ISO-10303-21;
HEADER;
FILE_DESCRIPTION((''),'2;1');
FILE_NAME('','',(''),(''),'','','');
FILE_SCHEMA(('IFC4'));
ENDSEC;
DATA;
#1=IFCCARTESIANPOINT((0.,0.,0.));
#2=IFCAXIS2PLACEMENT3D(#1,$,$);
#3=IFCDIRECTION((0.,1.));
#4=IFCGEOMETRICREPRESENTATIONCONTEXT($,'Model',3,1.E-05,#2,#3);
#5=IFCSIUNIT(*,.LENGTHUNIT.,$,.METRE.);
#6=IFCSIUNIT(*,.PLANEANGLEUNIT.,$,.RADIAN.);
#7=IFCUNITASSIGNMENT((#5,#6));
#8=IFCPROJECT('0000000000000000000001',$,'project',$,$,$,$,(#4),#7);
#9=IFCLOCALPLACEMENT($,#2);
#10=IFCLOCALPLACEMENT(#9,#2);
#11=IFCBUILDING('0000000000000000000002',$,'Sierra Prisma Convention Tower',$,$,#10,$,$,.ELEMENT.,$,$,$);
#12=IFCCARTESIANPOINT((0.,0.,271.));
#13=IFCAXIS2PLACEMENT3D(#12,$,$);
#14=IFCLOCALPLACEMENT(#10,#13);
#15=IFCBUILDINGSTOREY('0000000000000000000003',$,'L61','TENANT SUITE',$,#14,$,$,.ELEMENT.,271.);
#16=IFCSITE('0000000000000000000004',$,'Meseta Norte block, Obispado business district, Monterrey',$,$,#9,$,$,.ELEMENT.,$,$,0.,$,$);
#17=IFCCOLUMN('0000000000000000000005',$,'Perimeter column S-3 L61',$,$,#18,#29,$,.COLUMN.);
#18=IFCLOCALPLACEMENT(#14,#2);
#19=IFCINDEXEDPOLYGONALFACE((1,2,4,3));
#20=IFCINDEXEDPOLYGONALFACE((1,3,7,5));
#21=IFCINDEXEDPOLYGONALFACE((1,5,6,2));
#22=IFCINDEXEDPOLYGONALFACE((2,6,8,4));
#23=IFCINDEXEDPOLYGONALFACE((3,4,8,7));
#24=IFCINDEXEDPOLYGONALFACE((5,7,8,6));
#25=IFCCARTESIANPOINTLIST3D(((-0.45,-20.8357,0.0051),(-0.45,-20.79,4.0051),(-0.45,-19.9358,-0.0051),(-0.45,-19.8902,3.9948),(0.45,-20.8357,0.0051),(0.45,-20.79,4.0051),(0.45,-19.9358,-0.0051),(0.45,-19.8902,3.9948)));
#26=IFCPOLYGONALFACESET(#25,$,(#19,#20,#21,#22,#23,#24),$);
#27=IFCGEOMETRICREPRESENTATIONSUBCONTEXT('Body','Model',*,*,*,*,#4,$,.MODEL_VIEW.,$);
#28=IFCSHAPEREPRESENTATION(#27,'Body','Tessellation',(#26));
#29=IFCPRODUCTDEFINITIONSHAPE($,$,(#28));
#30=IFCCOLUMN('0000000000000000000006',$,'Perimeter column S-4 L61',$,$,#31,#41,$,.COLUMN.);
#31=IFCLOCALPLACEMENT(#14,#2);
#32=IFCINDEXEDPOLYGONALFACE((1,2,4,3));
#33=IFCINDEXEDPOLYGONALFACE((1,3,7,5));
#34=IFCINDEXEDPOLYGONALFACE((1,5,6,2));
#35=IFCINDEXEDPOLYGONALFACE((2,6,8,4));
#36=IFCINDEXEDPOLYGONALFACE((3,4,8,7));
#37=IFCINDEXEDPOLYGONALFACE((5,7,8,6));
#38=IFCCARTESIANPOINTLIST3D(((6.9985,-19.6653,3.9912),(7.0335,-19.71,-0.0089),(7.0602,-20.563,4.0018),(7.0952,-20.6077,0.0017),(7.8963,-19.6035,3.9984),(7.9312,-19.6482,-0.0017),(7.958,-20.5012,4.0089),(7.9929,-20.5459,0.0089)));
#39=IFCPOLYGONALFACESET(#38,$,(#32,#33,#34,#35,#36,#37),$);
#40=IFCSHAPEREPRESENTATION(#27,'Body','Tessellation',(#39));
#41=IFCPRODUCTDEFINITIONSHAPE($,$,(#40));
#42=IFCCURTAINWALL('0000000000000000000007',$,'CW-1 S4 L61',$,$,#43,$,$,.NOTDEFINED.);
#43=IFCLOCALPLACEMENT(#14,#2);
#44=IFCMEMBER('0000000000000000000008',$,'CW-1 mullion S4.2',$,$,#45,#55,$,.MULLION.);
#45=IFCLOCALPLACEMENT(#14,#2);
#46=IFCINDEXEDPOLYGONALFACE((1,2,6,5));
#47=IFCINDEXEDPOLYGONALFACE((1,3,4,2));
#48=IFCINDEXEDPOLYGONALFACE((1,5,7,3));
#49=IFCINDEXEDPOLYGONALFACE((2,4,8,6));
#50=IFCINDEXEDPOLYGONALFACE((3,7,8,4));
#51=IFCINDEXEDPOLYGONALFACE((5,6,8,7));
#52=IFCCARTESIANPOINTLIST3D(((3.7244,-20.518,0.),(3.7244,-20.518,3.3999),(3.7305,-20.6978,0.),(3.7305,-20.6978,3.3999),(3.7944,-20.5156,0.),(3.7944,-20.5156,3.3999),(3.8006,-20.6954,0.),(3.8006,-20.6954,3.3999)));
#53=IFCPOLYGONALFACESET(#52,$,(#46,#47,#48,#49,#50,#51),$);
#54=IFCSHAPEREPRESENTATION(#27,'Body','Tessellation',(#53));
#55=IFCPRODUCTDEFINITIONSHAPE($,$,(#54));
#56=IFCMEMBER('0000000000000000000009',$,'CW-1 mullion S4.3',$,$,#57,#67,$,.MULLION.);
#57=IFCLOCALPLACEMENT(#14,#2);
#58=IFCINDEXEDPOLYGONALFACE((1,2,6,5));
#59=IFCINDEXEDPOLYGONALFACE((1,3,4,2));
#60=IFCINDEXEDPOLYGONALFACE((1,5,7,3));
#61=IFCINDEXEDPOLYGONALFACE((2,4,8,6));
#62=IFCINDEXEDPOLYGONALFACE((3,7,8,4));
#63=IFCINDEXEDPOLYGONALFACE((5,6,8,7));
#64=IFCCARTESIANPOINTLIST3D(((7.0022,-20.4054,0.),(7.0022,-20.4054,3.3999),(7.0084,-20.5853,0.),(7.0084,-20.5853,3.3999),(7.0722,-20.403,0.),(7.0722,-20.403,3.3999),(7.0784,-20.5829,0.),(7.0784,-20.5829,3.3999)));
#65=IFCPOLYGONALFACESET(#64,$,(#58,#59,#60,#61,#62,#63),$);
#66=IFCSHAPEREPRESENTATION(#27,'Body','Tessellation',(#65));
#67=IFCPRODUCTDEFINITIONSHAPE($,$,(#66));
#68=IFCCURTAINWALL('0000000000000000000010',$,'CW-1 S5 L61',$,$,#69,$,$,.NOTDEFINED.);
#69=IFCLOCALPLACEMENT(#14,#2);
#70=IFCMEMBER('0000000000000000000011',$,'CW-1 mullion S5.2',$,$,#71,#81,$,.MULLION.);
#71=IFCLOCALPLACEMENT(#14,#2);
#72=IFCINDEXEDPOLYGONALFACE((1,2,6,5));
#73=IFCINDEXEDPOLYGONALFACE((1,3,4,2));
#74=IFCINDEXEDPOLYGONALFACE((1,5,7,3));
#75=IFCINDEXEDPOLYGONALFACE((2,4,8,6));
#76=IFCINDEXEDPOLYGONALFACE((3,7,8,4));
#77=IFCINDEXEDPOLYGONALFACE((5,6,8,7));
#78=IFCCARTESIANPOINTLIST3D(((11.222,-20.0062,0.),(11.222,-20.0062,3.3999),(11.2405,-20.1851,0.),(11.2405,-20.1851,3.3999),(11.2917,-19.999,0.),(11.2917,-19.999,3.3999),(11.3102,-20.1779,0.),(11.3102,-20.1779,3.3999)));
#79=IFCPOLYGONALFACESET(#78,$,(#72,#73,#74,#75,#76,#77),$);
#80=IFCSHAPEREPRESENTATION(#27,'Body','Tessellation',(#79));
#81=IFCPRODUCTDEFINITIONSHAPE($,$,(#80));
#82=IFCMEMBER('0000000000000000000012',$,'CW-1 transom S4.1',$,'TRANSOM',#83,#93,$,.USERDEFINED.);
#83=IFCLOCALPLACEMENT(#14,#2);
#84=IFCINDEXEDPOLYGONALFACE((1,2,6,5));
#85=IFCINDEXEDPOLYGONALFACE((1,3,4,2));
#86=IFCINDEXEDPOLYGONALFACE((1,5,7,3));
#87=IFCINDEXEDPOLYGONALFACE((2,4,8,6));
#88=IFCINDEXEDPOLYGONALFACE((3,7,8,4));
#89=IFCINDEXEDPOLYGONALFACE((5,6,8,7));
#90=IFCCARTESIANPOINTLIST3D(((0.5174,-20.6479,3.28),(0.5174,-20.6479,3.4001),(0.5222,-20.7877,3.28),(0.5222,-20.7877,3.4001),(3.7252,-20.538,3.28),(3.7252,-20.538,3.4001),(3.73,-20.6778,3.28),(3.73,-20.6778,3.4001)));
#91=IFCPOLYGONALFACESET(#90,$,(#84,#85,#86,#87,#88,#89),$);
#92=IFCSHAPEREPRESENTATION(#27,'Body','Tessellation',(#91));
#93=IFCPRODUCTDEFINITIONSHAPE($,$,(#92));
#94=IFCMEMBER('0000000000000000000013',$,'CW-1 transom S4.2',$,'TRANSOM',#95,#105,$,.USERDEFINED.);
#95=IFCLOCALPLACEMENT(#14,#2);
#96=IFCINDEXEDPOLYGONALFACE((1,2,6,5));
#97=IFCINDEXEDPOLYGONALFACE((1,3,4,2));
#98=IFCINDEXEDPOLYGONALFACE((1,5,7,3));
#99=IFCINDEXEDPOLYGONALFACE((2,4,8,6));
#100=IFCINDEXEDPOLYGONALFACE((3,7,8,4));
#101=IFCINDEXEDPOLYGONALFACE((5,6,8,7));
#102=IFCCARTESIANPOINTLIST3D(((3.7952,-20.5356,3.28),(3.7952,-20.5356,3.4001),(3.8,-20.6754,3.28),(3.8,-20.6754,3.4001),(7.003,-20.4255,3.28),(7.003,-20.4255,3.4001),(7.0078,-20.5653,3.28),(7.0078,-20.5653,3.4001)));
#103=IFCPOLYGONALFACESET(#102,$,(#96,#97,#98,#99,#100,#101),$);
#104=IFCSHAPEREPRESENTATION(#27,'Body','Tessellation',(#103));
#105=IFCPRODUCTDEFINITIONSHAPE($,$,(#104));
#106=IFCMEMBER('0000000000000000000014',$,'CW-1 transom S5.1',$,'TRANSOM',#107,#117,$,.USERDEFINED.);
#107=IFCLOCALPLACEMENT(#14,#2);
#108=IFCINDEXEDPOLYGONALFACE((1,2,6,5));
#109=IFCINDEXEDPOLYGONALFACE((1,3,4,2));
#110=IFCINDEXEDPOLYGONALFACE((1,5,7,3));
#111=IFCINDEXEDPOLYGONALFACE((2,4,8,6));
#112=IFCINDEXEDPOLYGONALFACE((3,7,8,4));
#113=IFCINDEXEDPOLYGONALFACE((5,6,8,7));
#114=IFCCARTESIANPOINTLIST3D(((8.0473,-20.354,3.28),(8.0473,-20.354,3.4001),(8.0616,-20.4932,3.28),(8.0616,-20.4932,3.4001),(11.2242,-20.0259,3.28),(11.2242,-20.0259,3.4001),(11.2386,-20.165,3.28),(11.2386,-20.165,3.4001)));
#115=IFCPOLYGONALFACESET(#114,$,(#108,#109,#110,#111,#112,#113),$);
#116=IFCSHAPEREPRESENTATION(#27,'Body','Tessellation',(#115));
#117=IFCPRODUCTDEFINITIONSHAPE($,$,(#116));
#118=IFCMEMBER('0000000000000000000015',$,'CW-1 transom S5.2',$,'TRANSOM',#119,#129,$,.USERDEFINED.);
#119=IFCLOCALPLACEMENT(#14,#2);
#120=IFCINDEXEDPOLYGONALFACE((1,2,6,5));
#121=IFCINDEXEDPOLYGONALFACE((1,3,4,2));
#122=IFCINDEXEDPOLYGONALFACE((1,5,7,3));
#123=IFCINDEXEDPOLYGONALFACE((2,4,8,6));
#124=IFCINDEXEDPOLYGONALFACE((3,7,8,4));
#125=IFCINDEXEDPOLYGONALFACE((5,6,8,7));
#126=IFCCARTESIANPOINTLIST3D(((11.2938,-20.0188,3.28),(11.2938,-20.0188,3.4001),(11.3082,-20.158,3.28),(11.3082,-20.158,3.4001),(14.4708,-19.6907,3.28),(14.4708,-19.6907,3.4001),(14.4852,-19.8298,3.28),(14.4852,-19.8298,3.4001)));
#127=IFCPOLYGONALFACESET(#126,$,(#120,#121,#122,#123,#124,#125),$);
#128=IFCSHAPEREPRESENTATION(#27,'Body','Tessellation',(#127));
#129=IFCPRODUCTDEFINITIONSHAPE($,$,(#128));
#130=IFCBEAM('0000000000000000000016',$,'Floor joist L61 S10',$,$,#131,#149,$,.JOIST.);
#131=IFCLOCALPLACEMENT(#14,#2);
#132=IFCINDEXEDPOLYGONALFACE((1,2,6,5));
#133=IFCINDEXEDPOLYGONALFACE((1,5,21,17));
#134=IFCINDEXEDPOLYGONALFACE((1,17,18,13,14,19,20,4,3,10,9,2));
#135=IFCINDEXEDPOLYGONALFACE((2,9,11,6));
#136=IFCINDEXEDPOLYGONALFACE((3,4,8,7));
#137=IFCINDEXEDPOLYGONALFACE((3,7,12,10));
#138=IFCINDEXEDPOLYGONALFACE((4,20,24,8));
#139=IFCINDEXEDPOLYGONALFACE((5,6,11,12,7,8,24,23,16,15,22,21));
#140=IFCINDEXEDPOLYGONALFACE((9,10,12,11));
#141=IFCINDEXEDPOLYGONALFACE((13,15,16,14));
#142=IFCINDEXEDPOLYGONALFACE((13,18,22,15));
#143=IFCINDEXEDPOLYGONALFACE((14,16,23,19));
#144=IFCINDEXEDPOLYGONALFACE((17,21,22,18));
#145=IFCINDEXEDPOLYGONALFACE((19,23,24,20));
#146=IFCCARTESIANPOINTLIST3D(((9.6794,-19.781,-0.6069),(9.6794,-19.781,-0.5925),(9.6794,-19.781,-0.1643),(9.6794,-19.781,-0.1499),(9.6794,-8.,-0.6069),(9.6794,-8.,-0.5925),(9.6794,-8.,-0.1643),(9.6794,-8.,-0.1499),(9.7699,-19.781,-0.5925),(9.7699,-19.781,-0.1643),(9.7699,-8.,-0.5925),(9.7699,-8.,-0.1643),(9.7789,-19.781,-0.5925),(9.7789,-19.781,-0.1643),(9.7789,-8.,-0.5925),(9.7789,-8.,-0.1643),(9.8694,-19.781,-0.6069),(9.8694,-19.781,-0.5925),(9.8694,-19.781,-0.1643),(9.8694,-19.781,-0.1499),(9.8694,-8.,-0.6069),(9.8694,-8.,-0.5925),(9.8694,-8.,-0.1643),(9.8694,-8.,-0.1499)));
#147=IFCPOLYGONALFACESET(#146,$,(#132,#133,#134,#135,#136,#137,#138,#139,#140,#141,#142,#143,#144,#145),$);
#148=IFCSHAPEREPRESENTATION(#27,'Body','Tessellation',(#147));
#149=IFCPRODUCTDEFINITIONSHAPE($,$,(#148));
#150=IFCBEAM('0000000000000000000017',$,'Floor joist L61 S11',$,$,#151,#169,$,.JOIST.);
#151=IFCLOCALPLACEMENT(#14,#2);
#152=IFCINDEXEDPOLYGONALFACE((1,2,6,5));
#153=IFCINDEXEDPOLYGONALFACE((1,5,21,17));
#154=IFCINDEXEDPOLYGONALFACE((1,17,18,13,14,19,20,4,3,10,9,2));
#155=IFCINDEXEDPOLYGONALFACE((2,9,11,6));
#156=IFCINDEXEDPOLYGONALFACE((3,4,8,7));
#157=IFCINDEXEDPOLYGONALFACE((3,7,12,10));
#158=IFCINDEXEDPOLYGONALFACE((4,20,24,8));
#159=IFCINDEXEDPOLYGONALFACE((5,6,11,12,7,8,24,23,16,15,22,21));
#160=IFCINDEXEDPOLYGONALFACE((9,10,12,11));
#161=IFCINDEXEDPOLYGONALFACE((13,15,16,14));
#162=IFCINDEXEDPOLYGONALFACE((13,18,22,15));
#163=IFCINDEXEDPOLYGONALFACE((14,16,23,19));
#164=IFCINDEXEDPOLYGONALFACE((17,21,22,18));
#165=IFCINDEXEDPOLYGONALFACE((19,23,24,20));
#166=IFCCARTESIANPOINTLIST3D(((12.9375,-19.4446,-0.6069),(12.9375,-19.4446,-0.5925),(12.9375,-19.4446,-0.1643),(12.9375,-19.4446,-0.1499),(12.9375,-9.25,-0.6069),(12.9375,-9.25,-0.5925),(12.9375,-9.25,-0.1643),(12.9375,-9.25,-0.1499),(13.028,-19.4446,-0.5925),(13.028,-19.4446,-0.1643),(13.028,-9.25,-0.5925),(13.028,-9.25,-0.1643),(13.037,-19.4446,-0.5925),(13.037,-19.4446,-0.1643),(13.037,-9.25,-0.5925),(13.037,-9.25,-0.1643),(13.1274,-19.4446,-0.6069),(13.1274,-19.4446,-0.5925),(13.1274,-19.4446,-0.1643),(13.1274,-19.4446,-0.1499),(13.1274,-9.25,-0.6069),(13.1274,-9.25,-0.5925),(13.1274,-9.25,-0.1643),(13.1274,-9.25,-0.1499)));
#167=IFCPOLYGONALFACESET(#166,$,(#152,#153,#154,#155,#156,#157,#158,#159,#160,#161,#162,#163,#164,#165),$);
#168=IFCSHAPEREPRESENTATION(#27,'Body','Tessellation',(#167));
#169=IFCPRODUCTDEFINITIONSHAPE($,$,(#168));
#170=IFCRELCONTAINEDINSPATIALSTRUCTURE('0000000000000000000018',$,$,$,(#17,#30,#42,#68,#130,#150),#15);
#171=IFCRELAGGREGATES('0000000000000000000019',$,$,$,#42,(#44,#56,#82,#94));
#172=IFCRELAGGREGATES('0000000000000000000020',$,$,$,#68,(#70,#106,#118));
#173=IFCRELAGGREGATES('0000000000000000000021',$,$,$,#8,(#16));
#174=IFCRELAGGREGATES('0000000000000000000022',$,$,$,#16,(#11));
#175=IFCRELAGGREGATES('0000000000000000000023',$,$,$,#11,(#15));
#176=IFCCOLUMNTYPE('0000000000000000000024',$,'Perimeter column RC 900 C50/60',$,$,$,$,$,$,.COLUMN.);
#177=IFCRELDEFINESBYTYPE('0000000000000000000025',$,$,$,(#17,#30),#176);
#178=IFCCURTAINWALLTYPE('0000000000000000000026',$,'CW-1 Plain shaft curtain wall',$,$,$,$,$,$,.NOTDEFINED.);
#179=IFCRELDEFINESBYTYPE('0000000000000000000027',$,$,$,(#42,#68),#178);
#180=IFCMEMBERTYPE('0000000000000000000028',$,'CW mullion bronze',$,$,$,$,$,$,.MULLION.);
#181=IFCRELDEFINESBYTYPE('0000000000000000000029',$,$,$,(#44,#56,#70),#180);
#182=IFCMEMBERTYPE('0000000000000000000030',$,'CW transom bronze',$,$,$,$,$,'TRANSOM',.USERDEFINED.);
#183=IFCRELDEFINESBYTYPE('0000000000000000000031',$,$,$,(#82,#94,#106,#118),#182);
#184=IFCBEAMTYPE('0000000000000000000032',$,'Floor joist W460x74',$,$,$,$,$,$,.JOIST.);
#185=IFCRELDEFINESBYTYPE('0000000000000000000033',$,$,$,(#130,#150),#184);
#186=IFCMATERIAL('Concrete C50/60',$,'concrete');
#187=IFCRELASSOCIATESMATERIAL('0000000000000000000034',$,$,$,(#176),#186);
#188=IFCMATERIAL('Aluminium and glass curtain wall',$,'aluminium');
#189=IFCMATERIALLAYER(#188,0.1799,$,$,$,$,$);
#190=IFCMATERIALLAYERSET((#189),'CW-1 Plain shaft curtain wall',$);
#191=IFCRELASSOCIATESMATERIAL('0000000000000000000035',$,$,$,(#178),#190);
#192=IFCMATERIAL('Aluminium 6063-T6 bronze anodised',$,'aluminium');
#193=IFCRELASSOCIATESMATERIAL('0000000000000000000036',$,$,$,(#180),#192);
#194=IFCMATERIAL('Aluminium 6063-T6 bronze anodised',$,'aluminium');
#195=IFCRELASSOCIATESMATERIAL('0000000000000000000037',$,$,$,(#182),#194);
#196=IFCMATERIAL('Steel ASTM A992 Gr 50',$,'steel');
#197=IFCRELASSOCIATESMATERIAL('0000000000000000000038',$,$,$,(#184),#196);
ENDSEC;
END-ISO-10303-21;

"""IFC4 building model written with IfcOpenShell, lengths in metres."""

from ifc_helpers import new_model, si_unit, direction, frame, origin, origin_2d, place, context, subcontext, project, spatial, rectangle, i_section, extrude, material, layer, layer_set, material_profile, profile_set, type_object, element, aggregate, save


model = new_model("IFC4")

# Units and contexts
model_context = context("Model", 3, precision=1e-05, world=origin(), true_north=direction((0.0, 1.0)))
body_context = subcontext(model_context, "Body", "Model", "MODEL_VIEW")
ifc_project = project(units=[si_unit("LENGTHUNIT", "METRE"), si_unit("PLANEANGLEUNIT", "RADIAN")], contexts=[model_context])

# Site, building, storey
site_placement = place(None, origin())
site = spatial("IfcSite", under=ifc_project, at=site_placement, Name="Meseta Norte block, Obispado business district, Monterrey", CompositionType="ELEMENT", RefElevation=0.0)
building_placement = place(site_placement, origin())
building = spatial("IfcBuilding", under=site, at=building_placement, Name="Sierra Prisma Convention Tower", CompositionType="ELEMENT")
storey_placement = place(building_placement, frame((0.0, 0.0, 271.0)))
storey = spatial("IfcBuildingStorey", under=building, at=storey_placement, Name="L61", Description="TENANT SUITE", CompositionType="ELEMENT", Elevation=271.0)

# Columns
ifc_material_1 = material(Name="Concrete C50/60", Category="concrete")
ifc_material_profile_1 = material_profile(ifc_material_1, rectangle(XDim=0.8999, YDim=0.8999, at=origin_2d()), Name="Perimeter column RC 900 C50/60")
ifc_profile_set_1 = profile_set([ifc_material_profile_1], Name="Concrete C50/60")
column_type = type_object("IfcColumnType", Name="Perimeter column RC 900 C50/60", PredefinedType="COLUMN", material=ifc_profile_set_1)
column_1_placement = place(storey_placement, frame((0.0, -20.3857, 0.0), z_axis=(0.0, 0.011413, 0.999935), x_axis=(1.0, 0.0, 0.0)))
element("IfcColumn", 1, at=column_1_placement, inside=storey, type_object=column_type, Name="Perimeter column S-3 L61", PredefinedType="COLUMN", context=body_context, shape_type="SweptSolid", body=[
    extrude(rectangle(XDim=0.8999, YDim=0.8999, at=origin_2d()), origin(), (0.0, 0.0, 1.0), 4.0002),
])
column_2_placement = place(storey_placement, frame((7.5132, -20.1279, 0.0), z_axis=(-0.008727, 0.011168, 0.9999), x_axis=(0.997609, 0.068648, 0.00794)))
element("IfcColumn", 2, at=column_2_placement, inside=storey, type_object=column_type, Name="Perimeter column S-4 L61", PredefinedType="COLUMN", context=body_context, shape_type="SweptSolid", body=[
    extrude(rectangle(XDim=0.8999, YDim=0.8999, at=origin_2d()), origin(), (0.0, 0.0, 1.0), 4.0005),
])

# Curtain wall, members
ifc_material_2 = material(Name="Aluminium and glass curtain wall", Category="aluminium")
ifc_layer_1 = layer(ifc_material_2, 0.1799)
ifc_layer_set_1 = layer_set([ifc_layer_1], Name="CW-1 Plain shaft curtain wall")
curtain_wall_type = type_object("IfcCurtainWallType", Name="CW-1 Plain shaft curtain wall", PredefinedType="NOTDEFINED", material=ifc_layer_set_1)
curtain_wall_1_placement = place(storey_placement, origin())
curtain_wall_1 = element("IfcCurtainWall", 3, at=curtain_wall_1_placement, inside=storey, type_object=curtain_wall_type, Name="CW-1 S4 L61", PredefinedType="NOTDEFINED")
ifc_material_3 = material(Name="Aluminium 6063-T6 bronze anodised", Category="aluminium")
ifc_material_profile_2 = material_profile(ifc_material_3, rectangle(XDim=0.1799, YDim=0.0701, at=origin_2d()), Name="ALU MULLION 70x180")
ifc_profile_set_2 = profile_set([ifc_material_profile_2], Name="Aluminium 6063-T6 bronze anodised")
member_type_1 = type_object("IfcMemberType", Name="CW mullion bronze", PredefinedType="MULLION", material=ifc_profile_set_2)
member_1_placement = place(storey_placement, frame((3.7625, -20.6067, 0.0), z_axis=(0.0, 0.0, 1.0), x_axis=(-0.034298, 0.999412, 0.0)))
member_1 = element("IfcMember", 4, at=member_1_placement, type_object=member_type_1, Name="CW-1 mullion S4.2", PredefinedType="MULLION", context=body_context, shape_type="SweptSolid", body=[
    extrude(rectangle(XDim=0.1799, YDim=0.0701, at=origin_2d()), origin(), (0.0, 0.0, 1.0), 3.3999),
])
member_2_placement = place(storey_placement, frame((7.0403, -20.4941, 0.0), z_axis=(0.0, 0.0, 1.0), x_axis=(-0.034298, 0.999412, 0.0)))
member_2 = element("IfcMember", 5, at=member_2_placement, type_object=member_type_1, Name="CW-1 mullion S4.3", PredefinedType="MULLION", context=body_context, shape_type="SweptSolid", body=[
    extrude(rectangle(XDim=0.1799, YDim=0.0701, at=origin_2d()), origin(), (0.0, 0.0, 1.0), 3.3999),
])

# Curtain wall, member
curtain_wall_2_placement = place(storey_placement, origin())
curtain_wall_2 = element("IfcCurtainWall", 6, at=curtain_wall_2_placement, inside=storey, type_object=curtain_wall_type, Name="CW-1 S5 L61", PredefinedType="NOTDEFINED")
member_3_placement = place(storey_placement, frame((11.2661, -20.092, 0.0), z_axis=(0.0, 0.0, 1.0), x_axis=(-0.102732, 0.994709, 0.0)))
member_3 = element("IfcMember", 7, at=member_3_placement, type_object=member_type_1, Name="CW-1 mullion S5.2", PredefinedType="MULLION", context=body_context, shape_type="SweptSolid", body=[
    extrude(rectangle(XDim=0.1799, YDim=0.0701, at=origin_2d()), origin(), (0.0, 0.0, 1.0), 3.3999),
])

# Members
ifc_material_4 = material(Name="Aluminium 6063-T6 bronze anodised", Category="aluminium")
ifc_material_profile_3 = material_profile(ifc_material_4, rectangle(XDim=0.1399, YDim=0.1201, at=origin_2d()), Name="ALU TRANSOM 120x140")
ifc_profile_set_3 = profile_set([ifc_material_profile_3], Name="Aluminium 6063-T6 bronze anodised")
member_type_2 = type_object("IfcMemberType", Name="CW transom bronze", ElementType="TRANSOM", PredefinedType="USERDEFINED", material=ifc_profile_set_3)
member_4_placement = place(storey_placement, frame((0.5198, -20.7178, 3.3401), z_axis=(0.999414, 0.034229, 0.0), x_axis=(-0.034229, 0.999414, 0.0)))
member_4 = element("IfcMember", 8, at=member_4_placement, type_object=member_type_2, Name="CW-1 transom S4.1", ObjectType="TRANSOM", PredefinedType="USERDEFINED", context=body_context, shape_type="SweptSolid", body=[
    extrude(rectangle(XDim=0.1399, YDim=0.1201, at=origin_2d()), origin(), (0.0, 0.0, 1.0), 3.2097),
])
member_5_placement = place(storey_placement, frame((3.7976, -20.6055, 3.3401), z_axis=(0.999411, 0.034305, 0.0), x_axis=(-0.034305, 0.999411, 0.0)))
member_5 = element("IfcMember", 9, at=member_5_placement, type_object=member_type_2, Name="CW-1 transom S4.2", ObjectType="TRANSOM", PredefinedType="USERDEFINED", context=body_context, shape_type="SweptSolid", body=[
    extrude(rectangle(XDim=0.1399, YDim=0.1201, at=origin_2d()), origin(), (0.0, 0.0, 1.0), 3.2097),
])
member_6_placement = place(storey_placement, frame((8.0544, -20.4236, 3.3401), z_axis=(0.994709, 0.102735, 0.0), x_axis=(-0.102735, 0.994709, 0.0)))
member_6 = element("IfcMember", 10, at=member_6_placement, type_object=member_type_2, Name="CW-1 transom S5.1", ObjectType="TRANSOM", PredefinedType="USERDEFINED", context=body_context, shape_type="SweptSolid", body=[
    extrude(rectangle(XDim=0.1399, YDim=0.1201, at=origin_2d()), origin(), (0.0, 0.0, 1.0), 3.1938),
])
member_7_placement = place(storey_placement, frame((11.301, -20.0884, 3.3401), z_axis=(0.994709, 0.102735, 0.0), x_axis=(-0.102735, 0.994709, 0.0)))
member_7 = element("IfcMember", 11, at=member_7_placement, type_object=member_type_2, Name="CW-1 transom S5.2", ObjectType="TRANSOM", PredefinedType="USERDEFINED", context=body_context, shape_type="SweptSolid", body=[
    extrude(rectangle(XDim=0.1399, YDim=0.1201, at=origin_2d()), origin(), (0.0, 0.0, 1.0), 3.1938),
])

# Beams
ifc_material_5 = material(Name="Steel ASTM A992 Gr 50", Category="steel")
ifc_material_profile_4 = material_profile(ifc_material_5, i_section(OverallWidth=0.1899, OverallDepth=0.457, WebThickness=0.009, FlangeThickness=0.0144, at=origin_2d()), Name="W460x74")
ifc_profile_set_4 = profile_set([ifc_material_profile_4], Name="Steel ASTM A992 Gr 50")
beam_type_1 = type_object("IfcBeamType", Name="Floor joist W460x74", PredefinedType="JOIST", material=ifc_profile_set_4)
beam_1_placement = place(storey_placement, frame((9.7744, -19.781, -0.3784), z_axis=(0.0, 1.0, 0.0), x_axis=(-1.0, 0.0, 0.0)))
element("IfcBeam", 12, at=beam_1_placement, inside=storey, type_object=beam_type_1, Name="Floor joist L61 S10", PredefinedType="JOIST", context=body_context, shape_type="SweptSolid", body=[
    extrude(i_section(OverallWidth=0.1899, OverallDepth=0.457, WebThickness=0.009, FlangeThickness=0.0144, at=origin_2d()), origin(), (0.0, 0.0, 1.0), 11.781),
])
beam_2_placement = place(storey_placement, frame((13.0325, -19.4446, -0.3784), z_axis=(0.0, 1.0, 0.0), x_axis=(-1.0, 0.0, 0.0)))
element("IfcBeam", 13, at=beam_2_placement, inside=storey, type_object=beam_type_1, Name="Floor joist L61 S11", PredefinedType="JOIST", context=body_context, shape_type="SweptSolid", body=[
    extrude(i_section(OverallWidth=0.1899, OverallDepth=0.457, WebThickness=0.009, FlangeThickness=0.0144, at=origin_2d()), origin(), (0.0, 0.0, 1.0), 10.1946),
])

aggregate(curtain_wall_1, [member_1, member_2, member_4, member_5])
aggregate(curtain_wall_2, [member_3, member_6, member_7])

save(model, "model.ifc")
